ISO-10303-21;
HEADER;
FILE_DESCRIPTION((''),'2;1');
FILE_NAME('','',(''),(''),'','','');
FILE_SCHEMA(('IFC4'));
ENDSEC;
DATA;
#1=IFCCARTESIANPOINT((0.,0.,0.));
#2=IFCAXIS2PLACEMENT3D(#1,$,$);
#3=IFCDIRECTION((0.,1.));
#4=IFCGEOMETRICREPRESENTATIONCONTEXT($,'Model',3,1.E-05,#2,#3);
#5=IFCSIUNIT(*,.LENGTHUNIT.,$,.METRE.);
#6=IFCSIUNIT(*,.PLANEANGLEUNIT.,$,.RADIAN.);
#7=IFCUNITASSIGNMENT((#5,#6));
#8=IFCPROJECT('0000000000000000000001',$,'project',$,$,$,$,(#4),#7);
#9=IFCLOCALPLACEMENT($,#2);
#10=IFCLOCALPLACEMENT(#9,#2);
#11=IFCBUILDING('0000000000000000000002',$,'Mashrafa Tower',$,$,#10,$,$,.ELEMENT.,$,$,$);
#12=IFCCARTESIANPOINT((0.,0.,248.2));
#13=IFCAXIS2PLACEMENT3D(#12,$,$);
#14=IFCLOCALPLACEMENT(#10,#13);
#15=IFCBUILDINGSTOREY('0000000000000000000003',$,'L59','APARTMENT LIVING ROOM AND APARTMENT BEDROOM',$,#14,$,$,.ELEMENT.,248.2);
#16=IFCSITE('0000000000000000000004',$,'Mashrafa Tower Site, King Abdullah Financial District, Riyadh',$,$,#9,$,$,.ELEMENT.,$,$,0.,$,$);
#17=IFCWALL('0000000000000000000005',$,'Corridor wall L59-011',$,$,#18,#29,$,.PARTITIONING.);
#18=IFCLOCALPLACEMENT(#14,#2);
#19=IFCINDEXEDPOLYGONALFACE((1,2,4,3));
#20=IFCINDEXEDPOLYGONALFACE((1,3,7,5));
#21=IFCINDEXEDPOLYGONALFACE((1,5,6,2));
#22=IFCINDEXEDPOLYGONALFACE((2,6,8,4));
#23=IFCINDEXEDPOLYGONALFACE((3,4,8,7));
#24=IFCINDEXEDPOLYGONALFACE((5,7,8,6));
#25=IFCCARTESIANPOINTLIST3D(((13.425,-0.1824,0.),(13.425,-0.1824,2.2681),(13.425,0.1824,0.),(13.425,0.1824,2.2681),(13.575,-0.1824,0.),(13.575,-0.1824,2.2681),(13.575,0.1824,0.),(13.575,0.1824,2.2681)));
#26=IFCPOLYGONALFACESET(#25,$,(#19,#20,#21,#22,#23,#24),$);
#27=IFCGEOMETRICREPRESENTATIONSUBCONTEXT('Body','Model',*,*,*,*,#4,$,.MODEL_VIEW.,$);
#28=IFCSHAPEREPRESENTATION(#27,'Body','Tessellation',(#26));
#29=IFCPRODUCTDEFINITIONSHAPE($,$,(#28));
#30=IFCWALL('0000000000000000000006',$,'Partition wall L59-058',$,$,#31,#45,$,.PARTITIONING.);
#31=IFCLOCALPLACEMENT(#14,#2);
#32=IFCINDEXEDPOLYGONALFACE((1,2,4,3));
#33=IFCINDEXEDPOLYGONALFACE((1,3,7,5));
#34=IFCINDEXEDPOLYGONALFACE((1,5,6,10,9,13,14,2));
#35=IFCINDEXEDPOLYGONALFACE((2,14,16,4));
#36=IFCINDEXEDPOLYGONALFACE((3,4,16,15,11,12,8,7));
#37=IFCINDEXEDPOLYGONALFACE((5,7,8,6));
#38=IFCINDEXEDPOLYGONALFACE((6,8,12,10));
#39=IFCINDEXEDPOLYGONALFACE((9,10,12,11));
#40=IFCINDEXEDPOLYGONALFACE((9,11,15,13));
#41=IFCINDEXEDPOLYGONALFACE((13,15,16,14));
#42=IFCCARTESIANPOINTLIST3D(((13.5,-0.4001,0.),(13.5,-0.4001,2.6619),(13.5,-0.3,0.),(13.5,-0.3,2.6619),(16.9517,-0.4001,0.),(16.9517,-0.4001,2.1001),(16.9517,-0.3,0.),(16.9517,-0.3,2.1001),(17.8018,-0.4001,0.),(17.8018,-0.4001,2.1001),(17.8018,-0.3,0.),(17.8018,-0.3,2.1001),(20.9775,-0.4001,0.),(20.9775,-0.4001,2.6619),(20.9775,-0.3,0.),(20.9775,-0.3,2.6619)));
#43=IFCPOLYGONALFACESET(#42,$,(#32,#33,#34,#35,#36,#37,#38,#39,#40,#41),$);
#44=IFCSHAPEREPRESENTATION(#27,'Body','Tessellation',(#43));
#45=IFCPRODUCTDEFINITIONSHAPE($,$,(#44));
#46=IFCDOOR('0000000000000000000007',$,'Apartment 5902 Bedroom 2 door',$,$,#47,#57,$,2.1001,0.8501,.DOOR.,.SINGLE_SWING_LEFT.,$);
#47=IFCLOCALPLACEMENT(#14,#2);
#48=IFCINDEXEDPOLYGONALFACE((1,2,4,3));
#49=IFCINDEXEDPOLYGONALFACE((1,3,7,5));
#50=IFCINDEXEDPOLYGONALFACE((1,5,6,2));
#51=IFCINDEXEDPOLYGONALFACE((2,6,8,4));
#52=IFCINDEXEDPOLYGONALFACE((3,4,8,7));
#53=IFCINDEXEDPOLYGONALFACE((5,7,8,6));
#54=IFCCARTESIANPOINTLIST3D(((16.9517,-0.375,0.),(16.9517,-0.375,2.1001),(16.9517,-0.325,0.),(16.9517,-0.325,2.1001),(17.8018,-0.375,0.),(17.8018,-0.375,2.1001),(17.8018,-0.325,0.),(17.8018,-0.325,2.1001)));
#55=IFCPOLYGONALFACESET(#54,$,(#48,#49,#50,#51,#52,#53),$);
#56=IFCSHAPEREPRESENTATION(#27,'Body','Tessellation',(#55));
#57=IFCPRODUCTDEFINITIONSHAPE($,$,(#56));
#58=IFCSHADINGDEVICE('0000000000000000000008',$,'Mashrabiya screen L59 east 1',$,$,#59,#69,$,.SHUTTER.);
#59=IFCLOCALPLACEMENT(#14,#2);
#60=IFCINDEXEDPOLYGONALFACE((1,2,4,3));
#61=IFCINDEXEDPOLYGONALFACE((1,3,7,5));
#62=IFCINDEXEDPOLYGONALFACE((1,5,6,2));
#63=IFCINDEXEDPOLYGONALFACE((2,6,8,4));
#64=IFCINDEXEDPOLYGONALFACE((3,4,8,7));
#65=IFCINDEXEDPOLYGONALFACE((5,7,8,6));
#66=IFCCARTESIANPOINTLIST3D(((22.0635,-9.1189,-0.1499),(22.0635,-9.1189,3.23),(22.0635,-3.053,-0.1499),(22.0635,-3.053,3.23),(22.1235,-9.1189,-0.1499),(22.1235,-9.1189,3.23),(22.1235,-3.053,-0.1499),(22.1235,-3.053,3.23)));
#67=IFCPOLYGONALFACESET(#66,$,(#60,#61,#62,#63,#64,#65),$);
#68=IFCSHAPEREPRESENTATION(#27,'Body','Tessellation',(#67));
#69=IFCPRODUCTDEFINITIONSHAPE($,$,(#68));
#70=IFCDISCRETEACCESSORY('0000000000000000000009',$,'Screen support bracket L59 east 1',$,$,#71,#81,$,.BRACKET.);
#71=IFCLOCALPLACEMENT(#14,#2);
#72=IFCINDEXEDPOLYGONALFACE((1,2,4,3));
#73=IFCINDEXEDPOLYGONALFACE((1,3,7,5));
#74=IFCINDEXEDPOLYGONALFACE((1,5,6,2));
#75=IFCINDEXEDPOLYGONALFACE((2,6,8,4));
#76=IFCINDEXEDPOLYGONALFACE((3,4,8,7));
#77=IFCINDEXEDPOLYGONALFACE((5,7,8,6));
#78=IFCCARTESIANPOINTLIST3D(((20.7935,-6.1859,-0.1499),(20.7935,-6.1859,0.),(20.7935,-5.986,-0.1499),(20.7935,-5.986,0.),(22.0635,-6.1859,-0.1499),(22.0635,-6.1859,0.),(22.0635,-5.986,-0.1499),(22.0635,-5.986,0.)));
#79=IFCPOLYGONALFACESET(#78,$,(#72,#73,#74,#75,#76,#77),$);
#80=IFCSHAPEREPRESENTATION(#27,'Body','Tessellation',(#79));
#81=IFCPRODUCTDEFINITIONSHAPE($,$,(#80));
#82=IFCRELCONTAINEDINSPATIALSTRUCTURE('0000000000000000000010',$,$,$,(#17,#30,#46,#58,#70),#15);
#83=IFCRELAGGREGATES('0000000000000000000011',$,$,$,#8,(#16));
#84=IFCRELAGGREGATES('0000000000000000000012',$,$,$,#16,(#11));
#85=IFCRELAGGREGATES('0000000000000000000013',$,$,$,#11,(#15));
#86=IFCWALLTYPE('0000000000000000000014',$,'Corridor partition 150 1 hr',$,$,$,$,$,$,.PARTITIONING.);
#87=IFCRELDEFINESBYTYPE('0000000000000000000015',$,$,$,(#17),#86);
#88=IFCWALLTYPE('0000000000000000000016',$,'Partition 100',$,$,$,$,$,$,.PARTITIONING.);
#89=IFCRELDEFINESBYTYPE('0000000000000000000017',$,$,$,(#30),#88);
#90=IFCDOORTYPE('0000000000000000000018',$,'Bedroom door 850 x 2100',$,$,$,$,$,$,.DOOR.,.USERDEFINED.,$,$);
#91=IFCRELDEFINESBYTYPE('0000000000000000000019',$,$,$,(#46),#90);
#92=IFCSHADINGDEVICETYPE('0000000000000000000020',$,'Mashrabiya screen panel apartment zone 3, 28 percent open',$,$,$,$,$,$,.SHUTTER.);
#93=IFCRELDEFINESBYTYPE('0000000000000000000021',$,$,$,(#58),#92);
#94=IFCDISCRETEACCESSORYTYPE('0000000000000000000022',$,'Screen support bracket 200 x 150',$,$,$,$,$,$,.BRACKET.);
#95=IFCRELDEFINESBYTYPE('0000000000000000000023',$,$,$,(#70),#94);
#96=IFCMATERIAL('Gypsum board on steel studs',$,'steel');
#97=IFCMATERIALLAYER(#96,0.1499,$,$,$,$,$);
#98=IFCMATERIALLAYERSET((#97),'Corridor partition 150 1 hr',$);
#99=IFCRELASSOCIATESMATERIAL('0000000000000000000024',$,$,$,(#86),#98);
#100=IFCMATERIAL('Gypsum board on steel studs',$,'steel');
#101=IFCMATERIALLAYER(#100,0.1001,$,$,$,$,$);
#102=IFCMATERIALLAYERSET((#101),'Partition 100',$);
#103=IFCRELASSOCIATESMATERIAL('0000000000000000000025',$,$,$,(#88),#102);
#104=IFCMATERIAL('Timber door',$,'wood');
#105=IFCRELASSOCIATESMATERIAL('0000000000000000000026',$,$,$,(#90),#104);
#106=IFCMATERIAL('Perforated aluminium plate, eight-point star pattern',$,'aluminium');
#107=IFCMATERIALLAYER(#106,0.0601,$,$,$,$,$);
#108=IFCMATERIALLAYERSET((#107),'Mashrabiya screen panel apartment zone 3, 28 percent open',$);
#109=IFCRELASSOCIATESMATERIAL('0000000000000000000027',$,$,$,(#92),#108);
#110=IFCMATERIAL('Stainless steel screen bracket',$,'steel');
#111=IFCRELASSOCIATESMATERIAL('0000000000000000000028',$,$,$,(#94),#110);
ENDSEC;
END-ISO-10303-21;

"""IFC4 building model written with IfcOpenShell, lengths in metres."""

from ifc_helpers import new_model, si_unit, direction, frame, frame_2d, origin, origin_2d, place, context, subcontext, project, spatial, rectangle, extrude, source, transform, mapped, material, layer, layer_set, type_object, type_shapes, element, fill, save


model = new_model("IFC4")

# Units and contexts
model_context = context("Model", 3, precision=1e-05, world=origin(), true_north=direction((0.0, 1.0)))
body_context = subcontext(model_context, "Body", "Model", "MODEL_VIEW")
ifc_project = project(units=[si_unit("LENGTHUNIT", "METRE"), si_unit("PLANEANGLEUNIT", "RADIAN")], contexts=[model_context])

# Site, building, storey
site_placement = place(None, origin())
site = spatial("IfcSite", under=ifc_project, at=site_placement, Name="Mashrafa Tower Site, King Abdullah Financial District, Riyadh", CompositionType="ELEMENT", RefElevation=0.0)
building_placement = place(site_placement, origin())
building = spatial("IfcBuilding", under=site, at=building_placement, Name="Mashrafa Tower", CompositionType="ELEMENT")
storey_placement = place(building_placement, frame((0.0, 0.0, 248.2)))
storey = spatial("IfcBuildingStorey", under=building, at=storey_placement, Name="L59", Description="APARTMENT LIVING ROOM AND APARTMENT BEDROOM", CompositionType="ELEMENT", Elevation=248.2)

# Shared definitions
ifc_material_1 = material(Name="Gypsum board on steel studs", Category="steel")
ifc_layer_1 = layer(ifc_material_1, 0.1499)
ifc_layer_set_1 = layer_set([ifc_layer_1], Name="Corridor partition 150 1 hr")
wall_type_1 = type_object("IfcWallType", Name="Corridor partition 150 1 hr", PredefinedType="PARTITIONING", material=ifc_layer_set_1)

# Wall
wall_1_placement = place(storey_placement, frame((13.5, -0.1824, 0.0), z_axis=(0.0, 0.0, 1.0), x_axis=(0.0, 1.0, 0.0)))
element("IfcWall", 1, at=wall_1_placement, inside=storey, type_object=wall_type_1, Name="Corridor wall L59-011", PredefinedType="PARTITIONING", context=body_context, shape_type="SweptSolid", body=[
    extrude(rectangle(XDim=0.3647, YDim=0.1499, at=frame_2d((0.1824, 0.0))), origin(), (0.0, 0.0, 1.0), 2.2681),
])

# Wall, opening, door
ifc_material_2 = material(Name="Gypsum board on steel studs", Category="steel")
ifc_layer_2 = layer(ifc_material_2, 0.1001)
ifc_layer_set_2 = layer_set([ifc_layer_2], Name="Partition 100")
wall_type_2 = type_object("IfcWallType", Name="Partition 100", PredefinedType="PARTITIONING", material=ifc_layer_set_2)
wall_2_placement = place(storey_placement, frame((20.9775, -0.3501, 0.0), z_axis=(0.0, 0.0, 1.0), x_axis=(-1.0, 0.0, 0.0)))
wall_2 = element("IfcWall", 2, at=wall_2_placement, inside=storey, type_object=wall_type_2, Name="Partition wall L59-058", PredefinedType="PARTITIONING", context=body_context, shape_type="SweptSolid", body=[
    extrude(rectangle(XDim=7.4775, YDim=0.1001, at=frame_2d((3.7388, 0.0))), origin(), (0.0, 0.0, 1.0), 2.6619),
])
opening_1_placement = place(wall_2_placement, frame((3.1758, 0.0, 0.0)))
opening_1 = element("IfcOpeningElement", 3, at=opening_1_placement, cuts=wall_2, PredefinedType="OPENING", context=body_context, shape_type="SweptSolid", body=[
    extrude(rectangle(XDim=0.8501, YDim=2.1001, at=frame_2d((0.425, 1.05))), frame((0.0, 0.0601, 0.0), z_axis=(0.0, -1.0, 0.0), x_axis=(1.0, 0.0, 0.0)), (0.0, 0.0, 1.0), 0.1201),
])
ifc_material_3 = material(Name="Timber door", Category="wood")
door_type_1 = type_object("IfcDoorType", Name="Bedroom door 850 x 2100", OperationType="USERDEFINED", PredefinedType="DOOR", material=ifc_material_3)
door_1_placement = place(opening_1_placement, origin())
door_1 = element("IfcDoor", 4, at=door_1_placement, inside=storey, type_object=door_type_1, Name="Apartment 5902 Bedroom 2 door", OperationType="SINGLE_SWING_LEFT", OverallHeight=2.1001, OverallWidth=0.8501, PredefinedType="DOOR", context=body_context, shape_type="SweptSolid", body=[
    extrude(rectangle(XDim=0.8501, YDim=2.1001, at=frame_2d((0.425, 1.05))), frame((0.0, 0.0249, 0.0), z_axis=(0.0, -1.0, 0.0), x_axis=(1.0, 0.0, 0.0)), (0.0, 0.0, 1.0), 0.05),
])
fill(opening_1, door_1)

# Shading device
ifc_material_4 = material(Name="Perforated aluminium plate, eight-point star pattern", Category="aluminium")
ifc_layer_3 = layer(ifc_material_4, 0.0601)
ifc_layer_set_3 = layer_set([ifc_layer_3], Name="Mashrabiya screen panel apartment zone 3, 28 percent open")
shading_device_type = type_object("IfcShadingDeviceType", Name="Mashrabiya screen panel apartment zone 3, 28 percent open", PredefinedType="SHUTTER", material=ifc_layer_set_3)
shared_shape_1 = source(origin(), body_context, "Body", "SweptSolid", [
    extrude(rectangle(XDim=6.0659, YDim=0.0601, at=origin_2d()), origin(), (0.0, 0.0, 1.0), 3.3799),
])
type_shapes(shading_device_type, [shared_shape_1])
shading_device_placement = place(storey_placement, frame((22.0935, -6.0859, -0.1499), z_axis=(0.0, 0.0, 1.0), x_axis=(0.0, 1.0, 0.0)))
element("IfcShadingDevice", 5, at=shading_device_placement, inside=storey, type_object=shading_device_type, Name="Mashrabiya screen L59 east 1", PredefinedType="SHUTTER", context=body_context, shape_type="MappedRepresentation", body=[
    mapped(shared_shape_1, transform((0.0, 0.0, 0.0))),
])

# Discrete accessory
ifc_material_5 = material(Name="Stainless steel screen bracket", Category="steel")
discrete_accessory_type = type_object("IfcDiscreteAccessoryType", Name="Screen support bracket 200 x 150", PredefinedType="BRACKET", material=ifc_material_5)
shared_shape_2 = source(origin(), body_context, "Body", "SweptSolid", [
    extrude(rectangle(XDim=0.2, YDim=1.27, at=origin_2d()), origin(), (0.0, 0.0, 1.0), 0.1499),
])
type_shapes(discrete_accessory_type, [shared_shape_2])
discrete_accessory_placement = place(storey_placement, frame((21.4285, -6.0859, -0.1499), z_axis=(0.0, 0.0, 1.0), x_axis=(0.0, 1.0, 0.0)))
element("IfcDiscreteAccessory", 6, at=discrete_accessory_placement, inside=storey, type_object=discrete_accessory_type, Name="Screen support bracket L59 east 1", PredefinedType="BRACKET", context=body_context, shape_type="MappedRepresentation", body=[
    mapped(shared_shape_2, transform((0.0, 0.0, 0.0))),
])

save(model, "model.ifc")
